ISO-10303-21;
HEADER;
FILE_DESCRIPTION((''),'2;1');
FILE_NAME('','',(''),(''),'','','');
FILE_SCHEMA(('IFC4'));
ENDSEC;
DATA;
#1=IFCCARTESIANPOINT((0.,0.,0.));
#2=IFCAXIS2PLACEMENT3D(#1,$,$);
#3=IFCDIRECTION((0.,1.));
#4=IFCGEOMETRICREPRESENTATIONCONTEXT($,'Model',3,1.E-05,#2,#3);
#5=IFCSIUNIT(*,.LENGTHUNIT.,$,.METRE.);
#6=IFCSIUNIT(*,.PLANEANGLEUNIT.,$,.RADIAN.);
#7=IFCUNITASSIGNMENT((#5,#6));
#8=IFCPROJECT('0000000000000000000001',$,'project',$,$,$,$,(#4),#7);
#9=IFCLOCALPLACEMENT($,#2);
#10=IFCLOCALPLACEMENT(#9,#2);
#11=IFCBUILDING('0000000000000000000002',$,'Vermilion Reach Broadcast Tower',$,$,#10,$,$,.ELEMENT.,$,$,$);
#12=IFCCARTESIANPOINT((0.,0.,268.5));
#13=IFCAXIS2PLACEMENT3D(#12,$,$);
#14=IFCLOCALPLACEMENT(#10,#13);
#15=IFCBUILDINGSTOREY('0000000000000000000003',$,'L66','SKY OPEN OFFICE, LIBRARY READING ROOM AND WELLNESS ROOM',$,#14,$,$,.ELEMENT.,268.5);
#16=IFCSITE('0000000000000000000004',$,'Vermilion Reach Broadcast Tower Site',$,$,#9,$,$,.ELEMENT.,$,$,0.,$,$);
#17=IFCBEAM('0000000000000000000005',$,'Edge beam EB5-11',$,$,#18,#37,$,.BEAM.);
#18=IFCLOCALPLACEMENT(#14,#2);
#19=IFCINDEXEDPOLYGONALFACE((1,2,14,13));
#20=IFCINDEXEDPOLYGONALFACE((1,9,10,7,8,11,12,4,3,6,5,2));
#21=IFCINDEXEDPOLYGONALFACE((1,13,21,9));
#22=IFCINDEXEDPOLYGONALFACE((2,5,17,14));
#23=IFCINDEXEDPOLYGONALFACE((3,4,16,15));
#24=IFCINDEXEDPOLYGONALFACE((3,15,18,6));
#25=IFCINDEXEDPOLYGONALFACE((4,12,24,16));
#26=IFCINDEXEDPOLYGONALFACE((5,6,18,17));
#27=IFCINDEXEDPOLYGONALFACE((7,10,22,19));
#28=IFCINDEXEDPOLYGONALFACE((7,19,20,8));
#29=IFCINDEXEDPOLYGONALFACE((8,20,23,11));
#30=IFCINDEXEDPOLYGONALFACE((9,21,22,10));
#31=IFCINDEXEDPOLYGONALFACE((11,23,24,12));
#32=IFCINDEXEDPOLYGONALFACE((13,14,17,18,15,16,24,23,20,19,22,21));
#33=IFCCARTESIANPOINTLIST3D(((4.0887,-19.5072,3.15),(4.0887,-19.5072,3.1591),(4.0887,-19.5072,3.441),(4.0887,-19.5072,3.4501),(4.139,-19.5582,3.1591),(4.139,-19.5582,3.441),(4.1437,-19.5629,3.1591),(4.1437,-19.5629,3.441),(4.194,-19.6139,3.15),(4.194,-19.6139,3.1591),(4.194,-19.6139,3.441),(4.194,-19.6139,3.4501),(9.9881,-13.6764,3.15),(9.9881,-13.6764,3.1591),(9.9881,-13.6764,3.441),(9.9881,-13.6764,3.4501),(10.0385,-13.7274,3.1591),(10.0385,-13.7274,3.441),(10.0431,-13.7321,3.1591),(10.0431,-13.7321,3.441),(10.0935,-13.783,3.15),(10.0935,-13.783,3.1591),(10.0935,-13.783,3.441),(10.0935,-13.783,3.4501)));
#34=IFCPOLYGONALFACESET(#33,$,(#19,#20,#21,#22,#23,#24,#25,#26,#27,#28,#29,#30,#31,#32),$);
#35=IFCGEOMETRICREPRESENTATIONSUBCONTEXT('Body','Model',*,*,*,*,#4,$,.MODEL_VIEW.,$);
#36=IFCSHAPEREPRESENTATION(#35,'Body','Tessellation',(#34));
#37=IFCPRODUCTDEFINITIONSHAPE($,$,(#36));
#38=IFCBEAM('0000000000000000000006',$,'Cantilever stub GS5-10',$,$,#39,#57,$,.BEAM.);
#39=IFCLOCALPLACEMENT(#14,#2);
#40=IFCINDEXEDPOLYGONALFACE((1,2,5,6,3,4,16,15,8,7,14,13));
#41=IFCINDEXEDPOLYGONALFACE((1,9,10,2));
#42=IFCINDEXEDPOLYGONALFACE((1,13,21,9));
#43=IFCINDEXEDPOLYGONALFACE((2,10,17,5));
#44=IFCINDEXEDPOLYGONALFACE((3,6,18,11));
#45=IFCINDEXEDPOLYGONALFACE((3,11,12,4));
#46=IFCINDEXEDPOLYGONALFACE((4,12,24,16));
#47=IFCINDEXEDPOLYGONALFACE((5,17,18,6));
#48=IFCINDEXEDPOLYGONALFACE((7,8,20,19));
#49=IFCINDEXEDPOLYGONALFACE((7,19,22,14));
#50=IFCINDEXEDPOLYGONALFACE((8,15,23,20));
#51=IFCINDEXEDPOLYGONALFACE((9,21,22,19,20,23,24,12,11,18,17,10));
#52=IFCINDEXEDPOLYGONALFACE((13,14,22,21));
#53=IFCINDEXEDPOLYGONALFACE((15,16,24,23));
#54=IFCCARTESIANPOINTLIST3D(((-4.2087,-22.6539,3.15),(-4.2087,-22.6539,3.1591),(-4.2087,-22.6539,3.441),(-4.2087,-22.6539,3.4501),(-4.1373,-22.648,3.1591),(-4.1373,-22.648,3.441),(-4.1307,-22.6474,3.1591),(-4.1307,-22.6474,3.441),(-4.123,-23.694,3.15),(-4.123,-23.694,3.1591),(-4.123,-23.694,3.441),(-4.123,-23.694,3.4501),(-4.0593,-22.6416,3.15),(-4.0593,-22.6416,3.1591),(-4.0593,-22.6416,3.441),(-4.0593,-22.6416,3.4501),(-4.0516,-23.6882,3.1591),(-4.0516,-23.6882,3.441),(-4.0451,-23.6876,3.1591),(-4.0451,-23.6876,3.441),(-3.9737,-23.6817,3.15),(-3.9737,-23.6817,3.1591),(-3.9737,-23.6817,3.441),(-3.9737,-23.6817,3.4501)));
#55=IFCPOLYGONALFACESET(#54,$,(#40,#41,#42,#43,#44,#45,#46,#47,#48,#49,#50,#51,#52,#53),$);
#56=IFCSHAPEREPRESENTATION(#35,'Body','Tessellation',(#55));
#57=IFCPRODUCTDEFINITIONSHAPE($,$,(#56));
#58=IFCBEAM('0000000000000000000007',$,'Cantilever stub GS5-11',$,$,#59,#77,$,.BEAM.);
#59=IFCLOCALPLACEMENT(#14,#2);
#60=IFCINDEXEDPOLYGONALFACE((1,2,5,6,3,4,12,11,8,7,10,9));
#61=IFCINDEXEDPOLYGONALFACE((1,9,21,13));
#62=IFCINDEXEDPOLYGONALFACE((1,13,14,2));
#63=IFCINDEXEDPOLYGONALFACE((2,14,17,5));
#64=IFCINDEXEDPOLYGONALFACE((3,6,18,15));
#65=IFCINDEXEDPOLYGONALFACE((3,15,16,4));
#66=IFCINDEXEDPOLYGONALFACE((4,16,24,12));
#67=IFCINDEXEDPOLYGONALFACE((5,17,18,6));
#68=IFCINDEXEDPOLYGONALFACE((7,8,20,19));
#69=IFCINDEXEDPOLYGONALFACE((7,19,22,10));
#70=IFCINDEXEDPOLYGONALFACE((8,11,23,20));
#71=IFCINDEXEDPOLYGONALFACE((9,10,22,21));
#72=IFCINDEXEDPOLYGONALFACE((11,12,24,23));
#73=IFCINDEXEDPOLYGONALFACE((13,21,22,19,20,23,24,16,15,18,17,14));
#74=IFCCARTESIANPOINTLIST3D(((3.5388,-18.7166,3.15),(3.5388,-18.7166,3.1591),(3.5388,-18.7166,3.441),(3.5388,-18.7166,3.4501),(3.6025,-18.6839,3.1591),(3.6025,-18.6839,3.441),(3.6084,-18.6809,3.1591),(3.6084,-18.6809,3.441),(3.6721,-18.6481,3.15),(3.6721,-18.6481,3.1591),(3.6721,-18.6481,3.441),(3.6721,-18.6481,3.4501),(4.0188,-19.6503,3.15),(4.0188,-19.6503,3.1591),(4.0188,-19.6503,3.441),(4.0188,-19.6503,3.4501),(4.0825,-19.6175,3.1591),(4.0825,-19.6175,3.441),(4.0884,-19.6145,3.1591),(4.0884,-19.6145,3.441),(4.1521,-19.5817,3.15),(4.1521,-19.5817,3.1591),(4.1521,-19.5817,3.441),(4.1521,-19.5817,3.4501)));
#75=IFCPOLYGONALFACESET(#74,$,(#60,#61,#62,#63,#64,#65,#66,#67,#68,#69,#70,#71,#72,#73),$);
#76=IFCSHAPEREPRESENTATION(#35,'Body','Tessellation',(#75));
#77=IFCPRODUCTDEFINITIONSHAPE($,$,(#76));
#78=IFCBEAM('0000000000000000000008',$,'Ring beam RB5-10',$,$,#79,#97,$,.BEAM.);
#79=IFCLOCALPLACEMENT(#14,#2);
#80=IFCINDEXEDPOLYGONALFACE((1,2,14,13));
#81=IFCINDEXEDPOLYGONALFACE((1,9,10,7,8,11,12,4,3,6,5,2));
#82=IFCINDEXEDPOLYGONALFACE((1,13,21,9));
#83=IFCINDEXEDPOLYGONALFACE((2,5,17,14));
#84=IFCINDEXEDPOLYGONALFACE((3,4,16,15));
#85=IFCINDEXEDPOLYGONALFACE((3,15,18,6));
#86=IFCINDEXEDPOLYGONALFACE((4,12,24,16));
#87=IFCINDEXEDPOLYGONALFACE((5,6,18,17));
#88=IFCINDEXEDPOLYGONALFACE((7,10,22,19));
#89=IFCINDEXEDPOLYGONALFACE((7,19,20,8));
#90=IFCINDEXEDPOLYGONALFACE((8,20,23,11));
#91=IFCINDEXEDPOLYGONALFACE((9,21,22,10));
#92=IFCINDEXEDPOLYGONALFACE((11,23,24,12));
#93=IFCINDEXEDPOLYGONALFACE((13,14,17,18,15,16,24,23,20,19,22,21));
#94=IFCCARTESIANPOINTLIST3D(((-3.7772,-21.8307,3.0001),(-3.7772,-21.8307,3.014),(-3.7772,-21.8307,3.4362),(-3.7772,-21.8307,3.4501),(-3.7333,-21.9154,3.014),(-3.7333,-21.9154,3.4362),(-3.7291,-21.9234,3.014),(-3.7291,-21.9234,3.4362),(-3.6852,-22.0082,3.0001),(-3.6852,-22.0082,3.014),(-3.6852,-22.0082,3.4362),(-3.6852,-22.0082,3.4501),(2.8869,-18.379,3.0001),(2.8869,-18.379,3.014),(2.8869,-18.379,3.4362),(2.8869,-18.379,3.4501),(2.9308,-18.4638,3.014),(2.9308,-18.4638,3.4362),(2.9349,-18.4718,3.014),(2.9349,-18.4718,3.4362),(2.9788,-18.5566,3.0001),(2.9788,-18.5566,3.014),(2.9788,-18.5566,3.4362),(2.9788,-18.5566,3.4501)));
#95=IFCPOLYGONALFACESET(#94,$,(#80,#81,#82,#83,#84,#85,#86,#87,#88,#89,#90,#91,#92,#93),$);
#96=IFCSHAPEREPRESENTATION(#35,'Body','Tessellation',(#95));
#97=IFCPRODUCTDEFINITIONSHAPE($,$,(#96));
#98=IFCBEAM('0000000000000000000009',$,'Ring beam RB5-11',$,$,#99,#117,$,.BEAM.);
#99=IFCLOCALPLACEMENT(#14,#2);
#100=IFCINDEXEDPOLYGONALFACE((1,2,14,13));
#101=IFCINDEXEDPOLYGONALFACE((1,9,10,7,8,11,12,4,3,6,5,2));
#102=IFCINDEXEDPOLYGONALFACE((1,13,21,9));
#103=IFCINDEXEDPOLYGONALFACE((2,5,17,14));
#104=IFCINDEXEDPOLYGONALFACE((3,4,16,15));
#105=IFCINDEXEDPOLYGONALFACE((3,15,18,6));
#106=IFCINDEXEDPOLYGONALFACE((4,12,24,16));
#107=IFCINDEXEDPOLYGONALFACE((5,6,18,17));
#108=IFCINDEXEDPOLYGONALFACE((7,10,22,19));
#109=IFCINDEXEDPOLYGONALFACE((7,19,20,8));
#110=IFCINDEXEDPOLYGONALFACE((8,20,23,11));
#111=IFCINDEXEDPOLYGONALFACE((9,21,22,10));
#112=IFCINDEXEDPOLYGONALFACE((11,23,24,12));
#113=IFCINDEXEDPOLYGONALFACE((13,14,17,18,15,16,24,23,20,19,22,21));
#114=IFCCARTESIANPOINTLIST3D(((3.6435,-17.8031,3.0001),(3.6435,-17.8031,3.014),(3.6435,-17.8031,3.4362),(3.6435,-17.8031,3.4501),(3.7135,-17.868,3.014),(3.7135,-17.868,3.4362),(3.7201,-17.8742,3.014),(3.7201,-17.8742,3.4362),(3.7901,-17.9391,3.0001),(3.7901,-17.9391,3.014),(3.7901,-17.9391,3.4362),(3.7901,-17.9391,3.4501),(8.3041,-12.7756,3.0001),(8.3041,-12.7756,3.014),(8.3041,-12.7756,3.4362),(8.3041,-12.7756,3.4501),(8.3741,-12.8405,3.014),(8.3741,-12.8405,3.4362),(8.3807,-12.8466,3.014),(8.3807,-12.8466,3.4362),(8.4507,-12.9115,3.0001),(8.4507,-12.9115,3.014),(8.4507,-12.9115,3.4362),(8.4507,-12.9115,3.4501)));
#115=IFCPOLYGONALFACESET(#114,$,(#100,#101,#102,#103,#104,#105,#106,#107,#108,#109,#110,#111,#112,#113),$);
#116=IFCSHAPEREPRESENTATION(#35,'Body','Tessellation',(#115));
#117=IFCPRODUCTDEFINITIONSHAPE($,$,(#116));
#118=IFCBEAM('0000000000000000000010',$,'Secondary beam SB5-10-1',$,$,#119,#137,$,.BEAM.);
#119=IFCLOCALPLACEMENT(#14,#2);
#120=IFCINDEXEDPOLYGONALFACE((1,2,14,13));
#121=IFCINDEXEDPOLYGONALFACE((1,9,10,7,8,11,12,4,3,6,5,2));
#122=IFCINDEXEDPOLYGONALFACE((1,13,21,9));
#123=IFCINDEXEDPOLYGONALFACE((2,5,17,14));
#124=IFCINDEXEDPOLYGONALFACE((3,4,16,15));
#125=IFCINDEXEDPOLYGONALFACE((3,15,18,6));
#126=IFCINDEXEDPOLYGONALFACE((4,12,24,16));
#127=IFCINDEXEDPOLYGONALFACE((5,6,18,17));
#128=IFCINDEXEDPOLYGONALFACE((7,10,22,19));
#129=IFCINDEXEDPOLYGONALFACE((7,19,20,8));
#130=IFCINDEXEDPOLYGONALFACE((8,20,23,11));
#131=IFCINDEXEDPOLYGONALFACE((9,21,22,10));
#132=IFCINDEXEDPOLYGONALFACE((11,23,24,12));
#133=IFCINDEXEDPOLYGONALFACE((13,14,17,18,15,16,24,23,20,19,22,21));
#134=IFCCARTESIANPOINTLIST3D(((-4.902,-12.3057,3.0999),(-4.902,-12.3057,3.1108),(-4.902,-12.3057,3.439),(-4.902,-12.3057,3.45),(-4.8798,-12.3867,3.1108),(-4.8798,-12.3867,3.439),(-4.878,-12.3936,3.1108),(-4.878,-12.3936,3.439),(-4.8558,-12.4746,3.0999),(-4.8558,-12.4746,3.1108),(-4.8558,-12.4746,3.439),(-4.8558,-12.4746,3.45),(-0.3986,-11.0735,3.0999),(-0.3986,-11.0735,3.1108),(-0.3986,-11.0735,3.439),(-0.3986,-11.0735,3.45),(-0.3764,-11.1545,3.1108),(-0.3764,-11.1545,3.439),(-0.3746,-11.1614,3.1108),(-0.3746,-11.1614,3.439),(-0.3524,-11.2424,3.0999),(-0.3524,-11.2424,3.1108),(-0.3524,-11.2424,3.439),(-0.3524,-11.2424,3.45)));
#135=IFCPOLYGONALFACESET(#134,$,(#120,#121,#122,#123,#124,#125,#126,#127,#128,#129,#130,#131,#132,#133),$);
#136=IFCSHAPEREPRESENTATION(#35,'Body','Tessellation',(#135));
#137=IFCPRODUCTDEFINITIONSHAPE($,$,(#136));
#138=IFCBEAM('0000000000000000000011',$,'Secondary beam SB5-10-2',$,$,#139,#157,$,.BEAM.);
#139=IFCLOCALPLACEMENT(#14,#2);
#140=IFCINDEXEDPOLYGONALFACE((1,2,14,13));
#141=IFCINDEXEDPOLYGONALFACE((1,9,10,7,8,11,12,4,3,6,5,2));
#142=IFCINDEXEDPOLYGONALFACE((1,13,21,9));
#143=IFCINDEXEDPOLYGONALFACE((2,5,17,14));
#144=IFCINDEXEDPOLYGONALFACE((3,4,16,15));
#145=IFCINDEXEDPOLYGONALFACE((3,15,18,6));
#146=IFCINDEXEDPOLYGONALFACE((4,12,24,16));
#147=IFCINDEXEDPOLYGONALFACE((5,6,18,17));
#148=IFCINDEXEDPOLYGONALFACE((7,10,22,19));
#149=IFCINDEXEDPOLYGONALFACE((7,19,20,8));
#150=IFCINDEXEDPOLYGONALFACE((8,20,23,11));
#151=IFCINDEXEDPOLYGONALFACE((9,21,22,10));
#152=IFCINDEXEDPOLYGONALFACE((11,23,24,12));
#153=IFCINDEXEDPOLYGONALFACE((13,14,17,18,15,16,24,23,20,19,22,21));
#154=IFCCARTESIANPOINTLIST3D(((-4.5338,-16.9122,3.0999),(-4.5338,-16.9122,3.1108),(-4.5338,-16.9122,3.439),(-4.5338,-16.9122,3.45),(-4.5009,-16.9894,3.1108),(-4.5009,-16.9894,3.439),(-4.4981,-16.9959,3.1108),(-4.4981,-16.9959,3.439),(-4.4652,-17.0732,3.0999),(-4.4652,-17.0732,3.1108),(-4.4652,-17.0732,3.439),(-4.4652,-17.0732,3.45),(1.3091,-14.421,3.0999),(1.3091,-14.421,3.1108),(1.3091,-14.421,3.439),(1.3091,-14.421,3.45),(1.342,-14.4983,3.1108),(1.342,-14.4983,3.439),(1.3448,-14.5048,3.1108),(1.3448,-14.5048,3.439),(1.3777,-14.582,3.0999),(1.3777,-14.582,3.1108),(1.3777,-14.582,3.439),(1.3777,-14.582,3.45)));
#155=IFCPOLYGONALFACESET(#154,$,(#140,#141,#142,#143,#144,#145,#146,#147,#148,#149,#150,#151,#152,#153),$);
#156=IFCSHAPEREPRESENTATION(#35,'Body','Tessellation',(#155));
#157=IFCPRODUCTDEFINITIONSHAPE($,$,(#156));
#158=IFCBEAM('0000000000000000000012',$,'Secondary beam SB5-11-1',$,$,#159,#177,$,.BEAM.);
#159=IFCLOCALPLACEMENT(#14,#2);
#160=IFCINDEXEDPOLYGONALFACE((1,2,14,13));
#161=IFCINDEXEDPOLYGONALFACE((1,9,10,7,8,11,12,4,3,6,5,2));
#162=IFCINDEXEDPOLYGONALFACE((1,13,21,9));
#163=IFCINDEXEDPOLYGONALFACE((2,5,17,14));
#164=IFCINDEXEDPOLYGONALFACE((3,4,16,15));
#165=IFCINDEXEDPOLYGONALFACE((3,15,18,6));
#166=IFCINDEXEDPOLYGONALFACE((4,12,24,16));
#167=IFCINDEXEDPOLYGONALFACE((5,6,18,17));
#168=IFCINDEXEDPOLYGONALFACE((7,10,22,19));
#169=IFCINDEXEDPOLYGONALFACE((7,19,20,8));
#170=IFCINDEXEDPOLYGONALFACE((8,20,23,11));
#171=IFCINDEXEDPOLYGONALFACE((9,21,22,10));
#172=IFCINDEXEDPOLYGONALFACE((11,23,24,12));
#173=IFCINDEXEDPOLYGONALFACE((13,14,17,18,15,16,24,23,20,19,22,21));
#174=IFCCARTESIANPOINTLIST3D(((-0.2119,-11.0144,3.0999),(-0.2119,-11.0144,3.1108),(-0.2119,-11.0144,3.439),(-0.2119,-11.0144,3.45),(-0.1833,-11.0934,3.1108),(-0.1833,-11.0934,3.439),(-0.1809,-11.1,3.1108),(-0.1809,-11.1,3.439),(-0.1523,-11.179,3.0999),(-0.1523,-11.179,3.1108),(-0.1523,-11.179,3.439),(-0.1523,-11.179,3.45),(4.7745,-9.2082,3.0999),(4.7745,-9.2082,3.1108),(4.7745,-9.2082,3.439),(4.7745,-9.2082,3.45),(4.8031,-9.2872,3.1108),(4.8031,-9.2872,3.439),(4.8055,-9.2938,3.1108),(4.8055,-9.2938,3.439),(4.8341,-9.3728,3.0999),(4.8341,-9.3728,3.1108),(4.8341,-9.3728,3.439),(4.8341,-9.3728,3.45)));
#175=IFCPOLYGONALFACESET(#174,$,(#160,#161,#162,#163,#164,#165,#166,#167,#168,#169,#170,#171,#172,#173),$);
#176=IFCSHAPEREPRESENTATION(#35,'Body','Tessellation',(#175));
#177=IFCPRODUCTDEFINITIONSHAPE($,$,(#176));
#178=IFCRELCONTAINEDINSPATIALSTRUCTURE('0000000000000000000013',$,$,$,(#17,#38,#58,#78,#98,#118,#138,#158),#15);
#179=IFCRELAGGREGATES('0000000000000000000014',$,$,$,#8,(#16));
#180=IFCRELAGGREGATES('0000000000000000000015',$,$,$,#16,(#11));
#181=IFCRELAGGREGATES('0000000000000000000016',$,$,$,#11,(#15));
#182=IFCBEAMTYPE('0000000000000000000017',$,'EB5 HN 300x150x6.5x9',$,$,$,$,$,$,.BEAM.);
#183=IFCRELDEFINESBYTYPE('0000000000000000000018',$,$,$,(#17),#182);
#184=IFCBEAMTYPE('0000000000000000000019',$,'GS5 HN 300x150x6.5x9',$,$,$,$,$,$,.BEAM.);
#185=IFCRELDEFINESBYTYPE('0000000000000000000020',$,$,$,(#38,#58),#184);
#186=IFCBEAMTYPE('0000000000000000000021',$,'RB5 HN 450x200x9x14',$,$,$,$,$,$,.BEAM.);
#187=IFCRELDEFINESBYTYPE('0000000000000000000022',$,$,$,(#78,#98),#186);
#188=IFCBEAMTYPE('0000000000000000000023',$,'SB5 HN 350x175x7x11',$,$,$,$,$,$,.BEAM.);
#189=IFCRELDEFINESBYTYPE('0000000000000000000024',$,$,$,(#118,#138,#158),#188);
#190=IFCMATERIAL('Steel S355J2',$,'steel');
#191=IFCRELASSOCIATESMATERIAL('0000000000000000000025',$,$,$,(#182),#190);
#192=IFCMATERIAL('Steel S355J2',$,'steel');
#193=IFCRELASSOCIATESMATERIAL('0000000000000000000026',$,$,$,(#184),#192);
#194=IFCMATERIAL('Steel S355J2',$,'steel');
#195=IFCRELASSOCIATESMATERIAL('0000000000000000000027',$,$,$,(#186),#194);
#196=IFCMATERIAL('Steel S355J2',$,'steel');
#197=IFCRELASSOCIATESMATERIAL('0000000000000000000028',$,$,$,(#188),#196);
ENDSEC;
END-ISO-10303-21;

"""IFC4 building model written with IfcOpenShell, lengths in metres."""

from ifc_helpers import new_model, si_unit, direction, frame, origin, origin_2d, place, context, subcontext, project, spatial, i_section, extrude, material, material_profile, profile_set, type_object, element, save


model = new_model("IFC4")

# Units and contexts
model_context = context("Model", 3, precision=1e-05, world=origin(), true_north=direction((0.0, 1.0)))
body_context = subcontext(model_context, "Body", "Model", "MODEL_VIEW")
ifc_project = project(units=[si_unit("LENGTHUNIT", "METRE"), si_unit("PLANEANGLEUNIT", "RADIAN")], contexts=[model_context])

# Site, building, storey
site_placement = place(None, origin())
site = spatial("IfcSite", under=ifc_project, at=site_placement, Name="Vermilion Reach Broadcast Tower Site", CompositionType="ELEMENT", RefElevation=0.0)
building_placement = place(site_placement, origin())
building = spatial("IfcBuilding", under=site, at=building_placement, Name="Vermilion Reach Broadcast Tower", CompositionType="ELEMENT")
storey_placement = place(building_placement, frame((0.0, 0.0, 268.5)))
storey = spatial("IfcBuildingStorey", under=building, at=storey_placement, Name="L66", Description="SKY OPEN OFFICE, LIBRARY READING ROOM AND WELLNESS ROOM", CompositionType="ELEMENT", Elevation=268.5)

# Beams
ifc_material_1 = material(Name="Steel S355J2", Category="steel")
ifc_material_profile_1 = material_profile(ifc_material_1, i_section(OverallWidth=0.1499, OverallDepth=0.3, WebThickness=0.0066, FlangeThickness=0.009, at=origin_2d()), Name="S355J2 HN 300x150x6.5x9")
ifc_profile_set_1 = profile_set([ifc_material_profile_1], Name="Steel S355J2")
beam_type_1 = type_object("IfcBeamType", Name="EB5 HN 300x150x6.5x9", PredefinedType="BEAM", material=ifc_profile_set_1)
beam_1_placement = place(storey_placement, frame((4.1414, -19.5605, 3.3), z_axis=(0.71123, 0.702959, 0.0), x_axis=(-0.702959, 0.71123, 0.0)))
element("IfcBeam", 1, at=beam_1_placement, inside=storey, type_object=beam_type_1, Name="Edge beam EB5-11", PredefinedType="BEAM", context=body_context, shape_type="SweptSolid", body=[
    extrude(i_section(OverallWidth=0.1499, OverallDepth=0.3, WebThickness=0.0066, FlangeThickness=0.009, at=origin_2d()), origin(), (0.0, 0.0, 1.0), 8.2947),
])
ifc_material_2 = material(Name="Steel S355J2", Category="steel")
ifc_material_profile_2 = material_profile(ifc_material_2, i_section(OverallWidth=0.1499, OverallDepth=0.3, WebThickness=0.0066, FlangeThickness=0.009, at=origin_2d()), Name="S355J2 HN 300x150x6.5x9")
ifc_profile_set_2 = profile_set([ifc_material_profile_2], Name="Steel S355J2")
beam_type_2 = type_object("IfcBeamType", Name="GS5 HN 300x150x6.5x9", PredefinedType="BEAM", material=ifc_profile_set_2)
beam_2_placement = place(storey_placement, frame((-4.134, -22.6477, 3.3), z_axis=(0.082097, -0.996624, 0.0), x_axis=(0.996624, 0.082097, 0.0)))
element("IfcBeam", 2, at=beam_2_placement, inside=storey, type_object=beam_type_2, Name="Cantilever stub GS5-10", PredefinedType="BEAM", context=body_context, shape_type="SweptSolid", body=[
    extrude(i_section(OverallWidth=0.1499, OverallDepth=0.3, WebThickness=0.0066, FlangeThickness=0.009, at=origin_2d()), origin(), (0.0, 0.0, 1.0), 1.0437),
])
beam_3_placement = place(storey_placement, frame((3.6055, -18.6824, 3.3), z_axis=(0.457232, -0.889347, 0.0), x_axis=(0.889347, 0.457232, 0.0)))
element("IfcBeam", 3, at=beam_3_placement, inside=storey, type_object=beam_type_2, Name="Cantilever stub GS5-11", PredefinedType="BEAM", context=body_context, shape_type="SweptSolid", body=[
    extrude(i_section(OverallWidth=0.1499, OverallDepth=0.3, WebThickness=0.0066, FlangeThickness=0.009, at=origin_2d()), origin(), (0.0, 0.0, 1.0), 1.0498),
])
ifc_material_3 = material(Name="Steel S355J2", Category="steel")
ifc_material_profile_3 = material_profile(ifc_material_3, i_section(OverallWidth=0.2, OverallDepth=0.45, WebThickness=0.009, FlangeThickness=0.0139, at=origin_2d()), Name="S355J2 HN 450x200x9x14")
ifc_profile_set_3 = profile_set([ifc_material_profile_3], Name="Steel S355J2")
beam_type_3 = type_object("IfcBeamType", Name="RB5 HN 450x200x9x14", PredefinedType="BEAM", material=ifc_profile_set_3)
beam_4_placement = place(storey_placement, frame((-3.7312, -21.9194, 3.2251), z_axis=(0.88796, 0.45992, 0.0), x_axis=(-0.45992, 0.88796, 0.0)))
element("IfcBeam", 4, at=beam_4_placement, inside=storey, type_object=beam_type_3, Name="Ring beam RB5-10", PredefinedType="BEAM", context=body_context, shape_type="SweptSolid", body=[
    extrude(i_section(OverallWidth=0.2, OverallDepth=0.45, WebThickness=0.009, FlangeThickness=0.0139, at=origin_2d()), origin(), (0.0, 0.0, 1.0), 7.5049),
])
beam_5_placement = place(storey_placement, frame((3.7168, -17.8711, 3.2251), z_axis=(0.679838, 0.733363, 0.0), x_axis=(-0.733363, 0.679838, 0.0)))
element("IfcBeam", 5, at=beam_5_placement, inside=storey, type_object=beam_type_3, Name="Ring beam RB5-11", PredefinedType="BEAM", context=body_context, shape_type="SweptSolid", body=[
    extrude(i_section(OverallWidth=0.2, OverallDepth=0.45, WebThickness=0.009, FlangeThickness=0.0139, at=origin_2d()), origin(), (0.0, 0.0, 1.0), 6.8555),
])
ifc_material_4 = material(Name="Steel S355J2", Category="steel")
ifc_material_profile_4 = material_profile(ifc_material_4, i_section(OverallWidth=0.175, OverallDepth=0.3501, WebThickness=0.0071, FlangeThickness=0.011, at=origin_2d()), Name="S355J2 HN 350x175x7x11")
ifc_profile_set_4 = profile_set([ifc_material_profile_4], Name="Steel S355J2")
beam_type_4 = type_object("IfcBeamType", Name="SB5 HN 350x175x7x11", PredefinedType="BEAM", material=ifc_profile_set_4)
beam_6_placement = place(storey_placement, frame((-4.8789, -12.3901, 3.2749), z_axis=(0.964547, 0.263909, 0.0), x_axis=(-0.263909, 0.964547, 0.0)))
element("IfcBeam", 6, at=beam_6_placement, inside=storey, type_object=beam_type_4, Name="Secondary beam SB5-10-1", PredefinedType="BEAM", context=body_context, shape_type="SweptSolid", body=[
    extrude(i_section(OverallWidth=0.175, OverallDepth=0.3501, WebThickness=0.0071, FlangeThickness=0.011, at=origin_2d()), origin(), (0.0, 0.0, 1.0), 4.6689),
])
beam_7_placement = place(storey_placement, frame((-4.4995, -16.9927, 3.2749), z_axis=(0.919881, 0.392198, 0.0), x_axis=(-0.392198, 0.919881, 0.0)))
element("IfcBeam", 7, at=beam_7_placement, inside=storey, type_object=beam_type_4, Name="Secondary beam SB5-10-2", PredefinedType="BEAM", context=body_context, shape_type="SweptSolid", body=[
    extrude(i_section(OverallWidth=0.175, OverallDepth=0.3501, WebThickness=0.0071, FlangeThickness=0.011, at=origin_2d()), origin(), (0.0, 0.0, 1.0), 6.3518),
])
beam_8_placement = place(storey_placement, frame((-0.1821, -11.0967, 3.2749), z_axis=(0.94022, 0.340567, 0.0), x_axis=(-0.340567, 0.94022, 0.0)))
element("IfcBeam", 8, at=beam_8_placement, inside=storey, type_object=beam_type_4, Name="Secondary beam SB5-11-1", PredefinedType="BEAM", context=body_context, shape_type="SweptSolid", body=[
    extrude(i_section(OverallWidth=0.175, OverallDepth=0.3501, WebThickness=0.0071, FlangeThickness=0.011, at=origin_2d()), origin(), (0.0, 0.0, 1.0), 5.3035),
])

save(model, "model.ifc")
